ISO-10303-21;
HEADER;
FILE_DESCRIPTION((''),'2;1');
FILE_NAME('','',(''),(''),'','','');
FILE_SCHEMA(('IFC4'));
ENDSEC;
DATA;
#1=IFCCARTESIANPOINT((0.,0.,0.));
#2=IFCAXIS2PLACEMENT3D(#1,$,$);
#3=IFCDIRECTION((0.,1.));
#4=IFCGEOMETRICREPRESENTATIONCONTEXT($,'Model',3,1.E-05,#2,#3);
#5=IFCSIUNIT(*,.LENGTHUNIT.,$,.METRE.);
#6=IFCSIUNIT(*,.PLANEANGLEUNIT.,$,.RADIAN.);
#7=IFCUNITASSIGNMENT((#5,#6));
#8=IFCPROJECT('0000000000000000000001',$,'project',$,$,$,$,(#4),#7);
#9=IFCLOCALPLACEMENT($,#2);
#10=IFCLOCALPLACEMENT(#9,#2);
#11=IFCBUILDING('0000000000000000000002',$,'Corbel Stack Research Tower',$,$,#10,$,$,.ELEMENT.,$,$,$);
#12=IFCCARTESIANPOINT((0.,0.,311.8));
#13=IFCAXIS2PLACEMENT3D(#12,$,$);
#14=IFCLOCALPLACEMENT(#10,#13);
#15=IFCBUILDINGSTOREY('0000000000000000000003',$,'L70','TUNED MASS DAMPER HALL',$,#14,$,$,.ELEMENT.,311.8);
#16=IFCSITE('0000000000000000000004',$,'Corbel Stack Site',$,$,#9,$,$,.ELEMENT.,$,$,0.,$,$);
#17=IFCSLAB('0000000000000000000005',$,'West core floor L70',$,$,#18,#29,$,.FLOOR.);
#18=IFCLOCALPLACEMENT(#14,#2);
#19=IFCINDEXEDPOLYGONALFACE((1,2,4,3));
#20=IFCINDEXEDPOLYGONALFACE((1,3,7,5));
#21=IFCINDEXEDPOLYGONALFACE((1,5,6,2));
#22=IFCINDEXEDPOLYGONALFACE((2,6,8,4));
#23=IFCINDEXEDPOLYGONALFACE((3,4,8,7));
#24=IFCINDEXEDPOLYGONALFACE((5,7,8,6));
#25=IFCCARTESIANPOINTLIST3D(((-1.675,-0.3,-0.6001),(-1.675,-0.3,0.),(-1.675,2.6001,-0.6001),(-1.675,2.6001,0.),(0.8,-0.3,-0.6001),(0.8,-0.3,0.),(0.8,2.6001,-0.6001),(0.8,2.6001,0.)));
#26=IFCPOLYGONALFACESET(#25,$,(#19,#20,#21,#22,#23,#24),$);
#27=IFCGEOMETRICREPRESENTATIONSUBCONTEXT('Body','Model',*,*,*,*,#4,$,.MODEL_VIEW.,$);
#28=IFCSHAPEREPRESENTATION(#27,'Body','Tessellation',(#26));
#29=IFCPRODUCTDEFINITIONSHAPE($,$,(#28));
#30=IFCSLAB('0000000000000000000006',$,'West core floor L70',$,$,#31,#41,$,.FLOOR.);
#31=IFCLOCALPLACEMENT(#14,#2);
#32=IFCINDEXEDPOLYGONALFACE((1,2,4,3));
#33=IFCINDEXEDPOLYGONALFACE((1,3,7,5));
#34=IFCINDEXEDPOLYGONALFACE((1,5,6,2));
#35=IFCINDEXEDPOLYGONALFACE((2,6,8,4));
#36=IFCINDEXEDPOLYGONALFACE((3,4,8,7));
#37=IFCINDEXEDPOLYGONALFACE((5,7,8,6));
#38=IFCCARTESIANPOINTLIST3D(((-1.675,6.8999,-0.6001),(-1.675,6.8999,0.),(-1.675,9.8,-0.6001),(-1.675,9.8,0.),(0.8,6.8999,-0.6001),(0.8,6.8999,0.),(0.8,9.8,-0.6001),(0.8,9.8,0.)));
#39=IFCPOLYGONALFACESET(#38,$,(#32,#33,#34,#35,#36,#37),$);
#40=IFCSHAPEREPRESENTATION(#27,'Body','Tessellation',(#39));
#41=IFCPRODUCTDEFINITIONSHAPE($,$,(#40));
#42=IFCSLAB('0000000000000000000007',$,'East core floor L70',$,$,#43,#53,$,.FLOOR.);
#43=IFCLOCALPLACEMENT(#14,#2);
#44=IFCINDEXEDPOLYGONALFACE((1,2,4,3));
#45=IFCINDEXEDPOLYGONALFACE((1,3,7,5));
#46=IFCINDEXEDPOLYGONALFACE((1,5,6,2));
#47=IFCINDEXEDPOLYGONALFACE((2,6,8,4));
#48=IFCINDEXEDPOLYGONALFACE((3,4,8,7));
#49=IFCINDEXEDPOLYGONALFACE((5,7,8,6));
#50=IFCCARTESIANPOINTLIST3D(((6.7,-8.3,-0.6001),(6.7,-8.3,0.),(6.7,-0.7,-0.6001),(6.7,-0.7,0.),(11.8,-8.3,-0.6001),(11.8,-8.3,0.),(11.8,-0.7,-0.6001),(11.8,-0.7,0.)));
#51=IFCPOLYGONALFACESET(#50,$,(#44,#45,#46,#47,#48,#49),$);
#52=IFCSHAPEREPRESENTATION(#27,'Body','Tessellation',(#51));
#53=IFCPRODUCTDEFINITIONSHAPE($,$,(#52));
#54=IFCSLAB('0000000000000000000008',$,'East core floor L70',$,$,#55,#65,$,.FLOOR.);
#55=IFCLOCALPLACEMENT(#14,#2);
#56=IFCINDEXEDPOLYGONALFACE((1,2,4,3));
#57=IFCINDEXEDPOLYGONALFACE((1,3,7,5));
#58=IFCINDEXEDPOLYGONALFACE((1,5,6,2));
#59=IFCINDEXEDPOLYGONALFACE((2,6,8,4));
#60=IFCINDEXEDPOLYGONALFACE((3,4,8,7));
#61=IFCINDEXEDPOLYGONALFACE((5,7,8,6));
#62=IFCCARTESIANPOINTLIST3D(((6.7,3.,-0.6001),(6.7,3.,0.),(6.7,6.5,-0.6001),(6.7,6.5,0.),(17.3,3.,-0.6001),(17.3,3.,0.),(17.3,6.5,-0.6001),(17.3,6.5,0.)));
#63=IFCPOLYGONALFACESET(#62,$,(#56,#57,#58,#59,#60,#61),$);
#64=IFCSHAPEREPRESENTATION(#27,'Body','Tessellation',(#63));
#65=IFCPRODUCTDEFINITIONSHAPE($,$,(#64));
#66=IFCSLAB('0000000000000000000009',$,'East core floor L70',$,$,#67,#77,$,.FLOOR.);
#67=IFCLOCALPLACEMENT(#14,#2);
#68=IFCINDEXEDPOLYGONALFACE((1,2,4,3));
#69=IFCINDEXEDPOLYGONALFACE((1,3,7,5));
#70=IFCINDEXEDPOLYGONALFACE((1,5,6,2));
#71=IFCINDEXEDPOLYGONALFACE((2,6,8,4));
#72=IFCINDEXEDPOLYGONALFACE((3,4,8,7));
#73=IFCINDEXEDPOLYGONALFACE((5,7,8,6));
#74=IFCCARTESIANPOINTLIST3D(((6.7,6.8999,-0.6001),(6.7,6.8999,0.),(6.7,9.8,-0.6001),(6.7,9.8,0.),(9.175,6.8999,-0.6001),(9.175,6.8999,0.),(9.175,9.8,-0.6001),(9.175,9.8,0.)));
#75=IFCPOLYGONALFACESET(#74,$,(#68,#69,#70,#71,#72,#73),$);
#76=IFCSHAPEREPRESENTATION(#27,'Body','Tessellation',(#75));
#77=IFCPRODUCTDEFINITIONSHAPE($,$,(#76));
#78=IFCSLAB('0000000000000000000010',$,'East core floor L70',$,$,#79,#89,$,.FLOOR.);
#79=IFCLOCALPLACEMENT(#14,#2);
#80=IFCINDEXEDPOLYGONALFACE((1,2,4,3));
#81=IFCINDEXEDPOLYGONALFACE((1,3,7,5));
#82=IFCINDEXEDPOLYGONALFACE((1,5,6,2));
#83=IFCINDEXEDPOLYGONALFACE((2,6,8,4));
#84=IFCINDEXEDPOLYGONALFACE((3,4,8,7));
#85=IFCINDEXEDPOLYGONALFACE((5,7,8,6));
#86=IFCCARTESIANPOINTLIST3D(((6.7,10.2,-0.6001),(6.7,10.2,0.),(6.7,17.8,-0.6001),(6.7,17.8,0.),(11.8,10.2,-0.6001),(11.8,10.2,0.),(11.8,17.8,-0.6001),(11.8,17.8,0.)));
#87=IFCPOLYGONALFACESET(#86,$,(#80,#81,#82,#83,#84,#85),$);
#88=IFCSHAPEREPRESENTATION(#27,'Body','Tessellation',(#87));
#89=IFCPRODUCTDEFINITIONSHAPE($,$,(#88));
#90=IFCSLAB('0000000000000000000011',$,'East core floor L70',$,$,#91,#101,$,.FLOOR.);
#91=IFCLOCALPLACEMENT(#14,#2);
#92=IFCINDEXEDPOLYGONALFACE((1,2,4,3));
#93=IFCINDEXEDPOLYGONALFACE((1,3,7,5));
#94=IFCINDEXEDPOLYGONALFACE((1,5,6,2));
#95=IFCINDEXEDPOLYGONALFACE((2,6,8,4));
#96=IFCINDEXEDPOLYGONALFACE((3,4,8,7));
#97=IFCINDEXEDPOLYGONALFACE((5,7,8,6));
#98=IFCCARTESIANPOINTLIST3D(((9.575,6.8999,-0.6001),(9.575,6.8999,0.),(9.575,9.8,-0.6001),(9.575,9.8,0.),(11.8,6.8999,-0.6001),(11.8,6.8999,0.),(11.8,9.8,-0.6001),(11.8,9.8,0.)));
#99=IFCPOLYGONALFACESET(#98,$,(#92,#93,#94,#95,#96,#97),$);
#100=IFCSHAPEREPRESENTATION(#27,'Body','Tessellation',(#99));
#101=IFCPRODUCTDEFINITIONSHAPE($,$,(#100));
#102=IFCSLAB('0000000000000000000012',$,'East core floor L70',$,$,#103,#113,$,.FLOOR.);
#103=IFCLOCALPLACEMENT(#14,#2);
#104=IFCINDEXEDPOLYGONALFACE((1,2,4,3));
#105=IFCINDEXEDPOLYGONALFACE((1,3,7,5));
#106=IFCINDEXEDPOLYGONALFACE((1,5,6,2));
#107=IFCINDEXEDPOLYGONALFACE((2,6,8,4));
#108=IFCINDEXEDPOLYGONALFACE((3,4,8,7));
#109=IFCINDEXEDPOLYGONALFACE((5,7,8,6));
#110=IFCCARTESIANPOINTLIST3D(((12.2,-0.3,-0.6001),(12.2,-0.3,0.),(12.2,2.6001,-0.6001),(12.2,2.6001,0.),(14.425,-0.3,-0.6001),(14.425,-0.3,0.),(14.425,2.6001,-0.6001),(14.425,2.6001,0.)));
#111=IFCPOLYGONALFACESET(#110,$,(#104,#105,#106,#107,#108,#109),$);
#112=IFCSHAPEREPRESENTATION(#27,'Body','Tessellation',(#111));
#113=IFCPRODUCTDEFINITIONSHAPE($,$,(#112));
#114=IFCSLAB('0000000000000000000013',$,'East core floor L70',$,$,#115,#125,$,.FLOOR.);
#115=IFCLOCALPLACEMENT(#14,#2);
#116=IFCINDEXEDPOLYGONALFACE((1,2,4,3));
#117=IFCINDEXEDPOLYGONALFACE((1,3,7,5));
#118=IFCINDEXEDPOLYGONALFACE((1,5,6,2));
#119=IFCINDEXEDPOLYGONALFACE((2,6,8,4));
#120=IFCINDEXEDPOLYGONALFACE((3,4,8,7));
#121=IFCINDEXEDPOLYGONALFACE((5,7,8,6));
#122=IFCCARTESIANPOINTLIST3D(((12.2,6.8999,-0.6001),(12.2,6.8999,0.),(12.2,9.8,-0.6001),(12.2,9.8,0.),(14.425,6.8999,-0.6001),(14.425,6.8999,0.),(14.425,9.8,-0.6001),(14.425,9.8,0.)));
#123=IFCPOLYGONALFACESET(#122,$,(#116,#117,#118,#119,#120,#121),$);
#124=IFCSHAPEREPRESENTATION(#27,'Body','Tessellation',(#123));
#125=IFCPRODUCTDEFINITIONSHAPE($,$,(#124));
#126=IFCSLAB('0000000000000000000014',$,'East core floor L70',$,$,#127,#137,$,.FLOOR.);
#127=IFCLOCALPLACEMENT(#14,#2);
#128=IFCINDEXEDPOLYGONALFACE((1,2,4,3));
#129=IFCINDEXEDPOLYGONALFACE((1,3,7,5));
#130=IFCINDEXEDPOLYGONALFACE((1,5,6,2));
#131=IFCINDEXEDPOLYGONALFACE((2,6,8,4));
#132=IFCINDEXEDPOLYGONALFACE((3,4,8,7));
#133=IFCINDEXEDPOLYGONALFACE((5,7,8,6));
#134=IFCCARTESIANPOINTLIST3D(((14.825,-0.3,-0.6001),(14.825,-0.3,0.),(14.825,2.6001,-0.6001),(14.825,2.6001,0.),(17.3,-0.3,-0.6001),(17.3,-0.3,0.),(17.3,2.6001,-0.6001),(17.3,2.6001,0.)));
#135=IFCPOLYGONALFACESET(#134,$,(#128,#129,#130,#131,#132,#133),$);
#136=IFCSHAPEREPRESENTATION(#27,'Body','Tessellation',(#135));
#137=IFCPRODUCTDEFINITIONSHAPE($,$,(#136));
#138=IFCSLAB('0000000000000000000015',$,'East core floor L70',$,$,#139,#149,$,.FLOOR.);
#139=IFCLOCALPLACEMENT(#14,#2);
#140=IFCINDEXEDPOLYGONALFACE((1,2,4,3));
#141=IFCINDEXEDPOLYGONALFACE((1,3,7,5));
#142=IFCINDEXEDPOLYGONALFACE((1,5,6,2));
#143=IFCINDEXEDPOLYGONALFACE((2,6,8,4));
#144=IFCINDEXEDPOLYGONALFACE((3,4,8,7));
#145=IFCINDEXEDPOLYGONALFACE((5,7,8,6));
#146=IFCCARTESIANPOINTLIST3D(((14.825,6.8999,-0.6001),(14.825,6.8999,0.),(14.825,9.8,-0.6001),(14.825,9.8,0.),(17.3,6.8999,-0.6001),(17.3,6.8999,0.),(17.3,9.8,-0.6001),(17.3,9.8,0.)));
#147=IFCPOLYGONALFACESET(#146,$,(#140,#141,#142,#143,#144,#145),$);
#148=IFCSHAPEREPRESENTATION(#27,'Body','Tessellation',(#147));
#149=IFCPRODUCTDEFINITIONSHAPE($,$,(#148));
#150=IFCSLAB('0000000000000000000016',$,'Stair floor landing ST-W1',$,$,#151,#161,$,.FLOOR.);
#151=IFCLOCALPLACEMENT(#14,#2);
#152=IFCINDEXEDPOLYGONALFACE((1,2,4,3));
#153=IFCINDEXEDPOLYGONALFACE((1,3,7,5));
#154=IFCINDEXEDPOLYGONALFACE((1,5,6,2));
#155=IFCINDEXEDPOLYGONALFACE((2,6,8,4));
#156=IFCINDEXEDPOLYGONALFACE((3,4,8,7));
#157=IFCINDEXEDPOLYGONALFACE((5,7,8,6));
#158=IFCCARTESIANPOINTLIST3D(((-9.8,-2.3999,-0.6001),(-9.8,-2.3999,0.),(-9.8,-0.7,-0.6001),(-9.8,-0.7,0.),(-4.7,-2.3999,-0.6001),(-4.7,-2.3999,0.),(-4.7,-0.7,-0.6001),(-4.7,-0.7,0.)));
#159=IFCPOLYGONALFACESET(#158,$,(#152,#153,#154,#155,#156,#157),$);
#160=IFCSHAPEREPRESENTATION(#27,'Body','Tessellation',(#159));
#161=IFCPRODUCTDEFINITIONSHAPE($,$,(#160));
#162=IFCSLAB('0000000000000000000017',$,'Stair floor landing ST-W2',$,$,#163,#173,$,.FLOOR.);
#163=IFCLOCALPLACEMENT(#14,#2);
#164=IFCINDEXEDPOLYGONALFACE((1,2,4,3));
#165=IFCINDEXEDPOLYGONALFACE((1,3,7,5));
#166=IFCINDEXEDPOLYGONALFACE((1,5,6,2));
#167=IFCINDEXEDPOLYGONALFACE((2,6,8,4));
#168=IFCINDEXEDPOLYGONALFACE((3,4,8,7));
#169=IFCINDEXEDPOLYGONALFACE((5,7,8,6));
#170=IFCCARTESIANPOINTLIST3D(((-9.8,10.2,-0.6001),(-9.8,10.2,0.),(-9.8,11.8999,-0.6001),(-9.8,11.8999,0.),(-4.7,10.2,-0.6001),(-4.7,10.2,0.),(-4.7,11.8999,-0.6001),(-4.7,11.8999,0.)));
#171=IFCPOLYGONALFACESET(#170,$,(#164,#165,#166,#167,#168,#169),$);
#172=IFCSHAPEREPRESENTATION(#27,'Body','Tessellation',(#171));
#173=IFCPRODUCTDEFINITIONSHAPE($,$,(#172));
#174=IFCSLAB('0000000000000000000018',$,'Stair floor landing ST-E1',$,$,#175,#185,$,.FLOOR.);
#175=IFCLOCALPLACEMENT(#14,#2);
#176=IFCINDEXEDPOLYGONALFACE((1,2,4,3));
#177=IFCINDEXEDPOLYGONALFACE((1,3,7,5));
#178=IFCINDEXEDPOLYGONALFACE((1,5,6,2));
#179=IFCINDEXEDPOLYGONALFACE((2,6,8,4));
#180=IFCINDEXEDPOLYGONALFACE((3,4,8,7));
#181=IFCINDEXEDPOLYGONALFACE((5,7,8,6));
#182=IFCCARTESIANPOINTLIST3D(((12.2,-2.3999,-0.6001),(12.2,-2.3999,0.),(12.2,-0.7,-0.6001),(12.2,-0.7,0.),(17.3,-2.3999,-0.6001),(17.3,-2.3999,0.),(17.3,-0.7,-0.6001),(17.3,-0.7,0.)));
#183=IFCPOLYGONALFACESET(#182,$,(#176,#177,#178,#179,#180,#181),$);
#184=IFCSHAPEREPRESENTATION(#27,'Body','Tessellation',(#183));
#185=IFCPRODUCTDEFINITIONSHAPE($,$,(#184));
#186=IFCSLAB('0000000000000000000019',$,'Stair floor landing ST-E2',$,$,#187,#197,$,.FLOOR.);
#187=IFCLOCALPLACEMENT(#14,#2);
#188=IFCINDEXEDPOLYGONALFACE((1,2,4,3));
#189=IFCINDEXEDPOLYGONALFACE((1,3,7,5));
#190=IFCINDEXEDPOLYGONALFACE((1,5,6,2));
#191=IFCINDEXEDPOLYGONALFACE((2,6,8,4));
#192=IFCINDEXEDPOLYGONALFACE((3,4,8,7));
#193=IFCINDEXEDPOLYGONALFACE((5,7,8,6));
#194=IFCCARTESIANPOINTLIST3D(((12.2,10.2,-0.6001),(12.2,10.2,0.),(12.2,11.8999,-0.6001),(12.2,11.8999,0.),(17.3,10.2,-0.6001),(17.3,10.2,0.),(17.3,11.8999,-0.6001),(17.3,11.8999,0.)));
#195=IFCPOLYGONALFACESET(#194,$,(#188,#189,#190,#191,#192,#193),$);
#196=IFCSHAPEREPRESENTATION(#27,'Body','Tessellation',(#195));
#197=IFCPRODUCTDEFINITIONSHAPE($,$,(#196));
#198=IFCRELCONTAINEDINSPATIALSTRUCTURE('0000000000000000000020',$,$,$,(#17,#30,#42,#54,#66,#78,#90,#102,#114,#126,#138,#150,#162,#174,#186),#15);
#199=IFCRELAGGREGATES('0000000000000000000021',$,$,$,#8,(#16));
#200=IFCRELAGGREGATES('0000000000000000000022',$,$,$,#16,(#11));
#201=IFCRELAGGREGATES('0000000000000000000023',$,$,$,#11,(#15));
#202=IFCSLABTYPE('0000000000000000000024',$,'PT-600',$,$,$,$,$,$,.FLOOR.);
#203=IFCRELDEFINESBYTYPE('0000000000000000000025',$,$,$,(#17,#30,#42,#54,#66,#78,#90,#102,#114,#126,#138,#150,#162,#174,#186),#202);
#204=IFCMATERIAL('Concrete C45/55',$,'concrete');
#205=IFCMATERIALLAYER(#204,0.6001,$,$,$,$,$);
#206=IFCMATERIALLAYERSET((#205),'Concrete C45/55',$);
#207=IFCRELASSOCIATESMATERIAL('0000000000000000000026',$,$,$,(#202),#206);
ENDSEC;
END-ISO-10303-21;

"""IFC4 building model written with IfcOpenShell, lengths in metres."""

from ifc_helpers import new_model, si_unit, direction, frame, origin, place, context, subcontext, project, spatial, polyline, outline, extrude, material, layer, layer_set, type_object, element, save


model = new_model("IFC4")

# Units and contexts
model_context = context("Model", 3, precision=1e-05, world=origin(), true_north=direction((0.0, 1.0)))
body_context = subcontext(model_context, "Body", "Model", "MODEL_VIEW")
ifc_project = project(units=[si_unit("LENGTHUNIT", "METRE"), si_unit("PLANEANGLEUNIT", "RADIAN")], contexts=[model_context])

# Site, building, storey
site_placement = place(None, origin())
site = spatial("IfcSite", under=ifc_project, at=site_placement, Name="Corbel Stack Site", CompositionType="ELEMENT", RefElevation=0.0)
building_placement = place(site_placement, origin())
building = spatial("IfcBuilding", under=site, at=building_placement, Name="Corbel Stack Research Tower", CompositionType="ELEMENT")
storey_placement = place(building_placement, frame((0.0, 0.0, 311.8)))
storey = spatial("IfcBuildingStorey", under=building, at=storey_placement, Name="L70", Description="TUNED MASS DAMPER HALL", CompositionType="ELEMENT", Elevation=311.8)

# Slabs
ifc_material_1 = material(Name="Concrete C45/55", Category="concrete")
ifc_layer_1 = layer(ifc_material_1, 0.6001)
ifc_layer_set_1 = layer_set([ifc_layer_1], Name="Concrete C45/55")
slab_type_1 = type_object("IfcSlabType", Name="PT-600", PredefinedType="FLOOR", material=ifc_layer_set_1)
slab_1_placement = place(storey_placement, frame((0.0, 0.0, -0.6001)))
element("IfcSlab", 1, at=slab_1_placement, inside=storey, type_object=slab_type_1, Name="West core floor L70", PredefinedType="FLOOR", context=body_context, shape_type="SweptSolid", body=[
    extrude(outline(polyline([(-1.675, 2.6001), (-1.675, -0.3), (0.8, -0.3), (0.8, 2.6001), (-1.675, 2.6001)])), origin(), (0.0, 0.0, 1.0), 0.6001),
])
slab_2_placement = place(storey_placement, frame((0.0, 0.0, -0.6001)))
element("IfcSlab", 2, at=slab_2_placement, inside=storey, type_object=slab_type_1, Name="West core floor L70", PredefinedType="FLOOR", context=body_context, shape_type="SweptSolid", body=[
    extrude(outline(polyline([(0.8, 6.8999), (0.8, 9.8), (-1.675, 9.8), (-1.675, 6.8999), (0.8, 6.8999)])), origin(), (0.0, 0.0, 1.0), 0.6001),
])
slab_3_placement = place(storey_placement, frame((0.0, 0.0, -0.6001)))
element("IfcSlab", 3, at=slab_3_placement, inside=storey, type_object=slab_type_1, Name="East core floor L70", PredefinedType="FLOOR", context=body_context, shape_type="SweptSolid", body=[
    extrude(outline(polyline([(6.7, -8.3), (11.8, -8.3), (11.8, -0.7), (6.7, -0.7), (6.7, -8.3)])), origin(), (0.0, 0.0, 1.0), 0.6001),
])
slab_4_placement = place(storey_placement, frame((0.0, 0.0, -0.6001)))
element("IfcSlab", 4, at=slab_4_placement, inside=storey, type_object=slab_type_1, Name="East core floor L70", PredefinedType="FLOOR", context=body_context, shape_type="SweptSolid", body=[
    extrude(outline(polyline([(6.7, 3.0), (17.3, 3.0), (17.3, 6.5), (6.7, 6.5), (6.7, 3.0)])), origin(), (0.0, 0.0, 1.0), 0.6001),
])
slab_5_placement = place(storey_placement, frame((0.0, 0.0, -0.6001)))
element("IfcSlab", 5, at=slab_5_placement, inside=storey, type_object=slab_type_1, Name="East core floor L70", PredefinedType="FLOOR", context=body_context, shape_type="SweptSolid", body=[
    extrude(outline(polyline([(6.7, 6.8999), (9.175, 6.8999), (9.175, 9.8), (6.7, 9.8), (6.7, 6.8999)])), origin(), (0.0, 0.0, 1.0), 0.6001),
])
slab_6_placement = place(storey_placement, frame((0.0, 0.0, -0.6001)))
element("IfcSlab", 6, at=slab_6_placement, inside=storey, type_object=slab_type_1, Name="East core floor L70", PredefinedType="FLOOR", context=body_context, shape_type="SweptSolid", body=[
    extrude(outline(polyline([(6.7, 10.2), (11.8, 10.2), (11.8, 17.8), (6.7, 17.8), (6.7, 10.2)])), origin(), (0.0, 0.0, 1.0), 0.6001),
])
slab_7_placement = place(storey_placement, frame((0.0, 0.0, -0.6001)))
element("IfcSlab", 7, at=slab_7_placement, inside=storey, type_object=slab_type_1, Name="East core floor L70", PredefinedType="FLOOR", context=body_context, shape_type="SweptSolid", body=[
    extrude(outline(polyline([(9.575, 6.8999), (11.8, 6.8999), (11.8, 9.8), (9.575, 9.8), (9.575, 6.8999)])), origin(), (0.0, 0.0, 1.0), 0.6001),
])
slab_8_placement = place(storey_placement, frame((0.0, 0.0, -0.6001)))
element("IfcSlab", 8, at=slab_8_placement, inside=storey, type_object=slab_type_1, Name="East core floor L70", PredefinedType="FLOOR", context=body_context, shape_type="SweptSolid", body=[
    extrude(outline(polyline([(12.2, 2.6001), (12.2, -0.3), (14.425, -0.3), (14.425, 2.6001), (12.2, 2.6001)])), origin(), (0.0, 0.0, 1.0), 0.6001),
])
slab_9_placement = place(storey_placement, frame((0.0, 0.0, -0.6001)))
element("IfcSlab", 9, at=slab_9_placement, inside=storey, type_object=slab_type_1, Name="East core floor L70", PredefinedType="FLOOR", context=body_context, shape_type="SweptSolid", body=[
    extrude(outline(polyline([(14.425, 6.8999), (14.425, 9.8), (12.2, 9.8), (12.2, 6.8999), (14.425, 6.8999)])), origin(), (0.0, 0.0, 1.0), 0.6001),
])
slab_10_placement = place(storey_placement, frame((0.0, 0.0, -0.6001)))
element("IfcSlab", 10, at=slab_10_placement, inside=storey, type_object=slab_type_1, Name="East core floor L70", PredefinedType="FLOOR", context=body_context, shape_type="SweptSolid", body=[
    extrude(outline(polyline([(14.825, 2.6001), (14.825, -0.3), (17.3, -0.3), (17.3, 2.6001), (14.825, 2.6001)])), origin(), (0.0, 0.0, 1.0), 0.6001),
])
slab_11_placement = place(storey_placement, frame((0.0, 0.0, -0.6001)))
element("IfcSlab", 11, at=slab_11_placement, inside=storey, type_object=slab_type_1, Name="East core floor L70", PredefinedType="FLOOR", context=body_context, shape_type="SweptSolid", body=[
    extrude(outline(polyline([(17.3, 6.8999), (17.3, 9.8), (14.825, 9.8), (14.825, 6.8999), (17.3, 6.8999)])), origin(), (0.0, 0.0, 1.0), 0.6001),
])
slab_12_placement = place(storey_placement, frame((0.0, 0.0, -0.6001)))
element("IfcSlab", 12, at=slab_12_placement, inside=storey, type_object=slab_type_1, Name="Stair floor landing ST-W1", PredefinedType="FLOOR", context=body_context, shape_type="SweptSolid", body=[
    extrude(outline(polyline([(-9.8, -2.3999), (-4.7, -2.3999), (-4.7, -0.7), (-9.8, -0.7), (-9.8, -2.3999)])), origin(), (0.0, 0.0, 1.0), 0.6001),
])
slab_13_placement = place(storey_placement, frame((0.0, 0.0, -0.6001)))
element("IfcSlab", 13, at=slab_13_placement, inside=storey, type_object=slab_type_1, Name="Stair floor landing ST-W2", PredefinedType="FLOOR", context=body_context, shape_type="SweptSolid", body=[
    extrude(outline(polyline([(-9.8, 10.2), (-4.7, 10.2), (-4.7, 11.8999), (-9.8, 11.8999), (-9.8, 10.2)])), origin(), (0.0, 0.0, 1.0), 0.6001),
])
slab_14_placement = place(storey_placement, frame((0.0, 0.0, -0.6001)))
element("IfcSlab", 14, at=slab_14_placement, inside=storey, type_object=slab_type_1, Name="Stair floor landing ST-E1", PredefinedType="FLOOR", context=body_context, shape_type="SweptSolid", body=[
    extrude(outline(polyline([(12.2, -2.3999), (17.3, -2.3999), (17.3, -0.7), (12.2, -0.7), (12.2, -2.3999)])), origin(), (0.0, 0.0, 1.0), 0.6001),
])
slab_15_placement = place(storey_placement, frame((0.0, 0.0, -0.6001)))
element("IfcSlab", 15, at=slab_15_placement, inside=storey, type_object=slab_type_1, Name="Stair floor landing ST-E2", PredefinedType="FLOOR", context=body_context, shape_type="SweptSolid", body=[
    extrude(outline(polyline([(12.2, 10.2), (17.3, 10.2), (17.3, 11.8999), (12.2, 11.8999), (12.2, 10.2)])), origin(), (0.0, 0.0, 1.0), 0.6001),
])

save(model, "model.ifc")
